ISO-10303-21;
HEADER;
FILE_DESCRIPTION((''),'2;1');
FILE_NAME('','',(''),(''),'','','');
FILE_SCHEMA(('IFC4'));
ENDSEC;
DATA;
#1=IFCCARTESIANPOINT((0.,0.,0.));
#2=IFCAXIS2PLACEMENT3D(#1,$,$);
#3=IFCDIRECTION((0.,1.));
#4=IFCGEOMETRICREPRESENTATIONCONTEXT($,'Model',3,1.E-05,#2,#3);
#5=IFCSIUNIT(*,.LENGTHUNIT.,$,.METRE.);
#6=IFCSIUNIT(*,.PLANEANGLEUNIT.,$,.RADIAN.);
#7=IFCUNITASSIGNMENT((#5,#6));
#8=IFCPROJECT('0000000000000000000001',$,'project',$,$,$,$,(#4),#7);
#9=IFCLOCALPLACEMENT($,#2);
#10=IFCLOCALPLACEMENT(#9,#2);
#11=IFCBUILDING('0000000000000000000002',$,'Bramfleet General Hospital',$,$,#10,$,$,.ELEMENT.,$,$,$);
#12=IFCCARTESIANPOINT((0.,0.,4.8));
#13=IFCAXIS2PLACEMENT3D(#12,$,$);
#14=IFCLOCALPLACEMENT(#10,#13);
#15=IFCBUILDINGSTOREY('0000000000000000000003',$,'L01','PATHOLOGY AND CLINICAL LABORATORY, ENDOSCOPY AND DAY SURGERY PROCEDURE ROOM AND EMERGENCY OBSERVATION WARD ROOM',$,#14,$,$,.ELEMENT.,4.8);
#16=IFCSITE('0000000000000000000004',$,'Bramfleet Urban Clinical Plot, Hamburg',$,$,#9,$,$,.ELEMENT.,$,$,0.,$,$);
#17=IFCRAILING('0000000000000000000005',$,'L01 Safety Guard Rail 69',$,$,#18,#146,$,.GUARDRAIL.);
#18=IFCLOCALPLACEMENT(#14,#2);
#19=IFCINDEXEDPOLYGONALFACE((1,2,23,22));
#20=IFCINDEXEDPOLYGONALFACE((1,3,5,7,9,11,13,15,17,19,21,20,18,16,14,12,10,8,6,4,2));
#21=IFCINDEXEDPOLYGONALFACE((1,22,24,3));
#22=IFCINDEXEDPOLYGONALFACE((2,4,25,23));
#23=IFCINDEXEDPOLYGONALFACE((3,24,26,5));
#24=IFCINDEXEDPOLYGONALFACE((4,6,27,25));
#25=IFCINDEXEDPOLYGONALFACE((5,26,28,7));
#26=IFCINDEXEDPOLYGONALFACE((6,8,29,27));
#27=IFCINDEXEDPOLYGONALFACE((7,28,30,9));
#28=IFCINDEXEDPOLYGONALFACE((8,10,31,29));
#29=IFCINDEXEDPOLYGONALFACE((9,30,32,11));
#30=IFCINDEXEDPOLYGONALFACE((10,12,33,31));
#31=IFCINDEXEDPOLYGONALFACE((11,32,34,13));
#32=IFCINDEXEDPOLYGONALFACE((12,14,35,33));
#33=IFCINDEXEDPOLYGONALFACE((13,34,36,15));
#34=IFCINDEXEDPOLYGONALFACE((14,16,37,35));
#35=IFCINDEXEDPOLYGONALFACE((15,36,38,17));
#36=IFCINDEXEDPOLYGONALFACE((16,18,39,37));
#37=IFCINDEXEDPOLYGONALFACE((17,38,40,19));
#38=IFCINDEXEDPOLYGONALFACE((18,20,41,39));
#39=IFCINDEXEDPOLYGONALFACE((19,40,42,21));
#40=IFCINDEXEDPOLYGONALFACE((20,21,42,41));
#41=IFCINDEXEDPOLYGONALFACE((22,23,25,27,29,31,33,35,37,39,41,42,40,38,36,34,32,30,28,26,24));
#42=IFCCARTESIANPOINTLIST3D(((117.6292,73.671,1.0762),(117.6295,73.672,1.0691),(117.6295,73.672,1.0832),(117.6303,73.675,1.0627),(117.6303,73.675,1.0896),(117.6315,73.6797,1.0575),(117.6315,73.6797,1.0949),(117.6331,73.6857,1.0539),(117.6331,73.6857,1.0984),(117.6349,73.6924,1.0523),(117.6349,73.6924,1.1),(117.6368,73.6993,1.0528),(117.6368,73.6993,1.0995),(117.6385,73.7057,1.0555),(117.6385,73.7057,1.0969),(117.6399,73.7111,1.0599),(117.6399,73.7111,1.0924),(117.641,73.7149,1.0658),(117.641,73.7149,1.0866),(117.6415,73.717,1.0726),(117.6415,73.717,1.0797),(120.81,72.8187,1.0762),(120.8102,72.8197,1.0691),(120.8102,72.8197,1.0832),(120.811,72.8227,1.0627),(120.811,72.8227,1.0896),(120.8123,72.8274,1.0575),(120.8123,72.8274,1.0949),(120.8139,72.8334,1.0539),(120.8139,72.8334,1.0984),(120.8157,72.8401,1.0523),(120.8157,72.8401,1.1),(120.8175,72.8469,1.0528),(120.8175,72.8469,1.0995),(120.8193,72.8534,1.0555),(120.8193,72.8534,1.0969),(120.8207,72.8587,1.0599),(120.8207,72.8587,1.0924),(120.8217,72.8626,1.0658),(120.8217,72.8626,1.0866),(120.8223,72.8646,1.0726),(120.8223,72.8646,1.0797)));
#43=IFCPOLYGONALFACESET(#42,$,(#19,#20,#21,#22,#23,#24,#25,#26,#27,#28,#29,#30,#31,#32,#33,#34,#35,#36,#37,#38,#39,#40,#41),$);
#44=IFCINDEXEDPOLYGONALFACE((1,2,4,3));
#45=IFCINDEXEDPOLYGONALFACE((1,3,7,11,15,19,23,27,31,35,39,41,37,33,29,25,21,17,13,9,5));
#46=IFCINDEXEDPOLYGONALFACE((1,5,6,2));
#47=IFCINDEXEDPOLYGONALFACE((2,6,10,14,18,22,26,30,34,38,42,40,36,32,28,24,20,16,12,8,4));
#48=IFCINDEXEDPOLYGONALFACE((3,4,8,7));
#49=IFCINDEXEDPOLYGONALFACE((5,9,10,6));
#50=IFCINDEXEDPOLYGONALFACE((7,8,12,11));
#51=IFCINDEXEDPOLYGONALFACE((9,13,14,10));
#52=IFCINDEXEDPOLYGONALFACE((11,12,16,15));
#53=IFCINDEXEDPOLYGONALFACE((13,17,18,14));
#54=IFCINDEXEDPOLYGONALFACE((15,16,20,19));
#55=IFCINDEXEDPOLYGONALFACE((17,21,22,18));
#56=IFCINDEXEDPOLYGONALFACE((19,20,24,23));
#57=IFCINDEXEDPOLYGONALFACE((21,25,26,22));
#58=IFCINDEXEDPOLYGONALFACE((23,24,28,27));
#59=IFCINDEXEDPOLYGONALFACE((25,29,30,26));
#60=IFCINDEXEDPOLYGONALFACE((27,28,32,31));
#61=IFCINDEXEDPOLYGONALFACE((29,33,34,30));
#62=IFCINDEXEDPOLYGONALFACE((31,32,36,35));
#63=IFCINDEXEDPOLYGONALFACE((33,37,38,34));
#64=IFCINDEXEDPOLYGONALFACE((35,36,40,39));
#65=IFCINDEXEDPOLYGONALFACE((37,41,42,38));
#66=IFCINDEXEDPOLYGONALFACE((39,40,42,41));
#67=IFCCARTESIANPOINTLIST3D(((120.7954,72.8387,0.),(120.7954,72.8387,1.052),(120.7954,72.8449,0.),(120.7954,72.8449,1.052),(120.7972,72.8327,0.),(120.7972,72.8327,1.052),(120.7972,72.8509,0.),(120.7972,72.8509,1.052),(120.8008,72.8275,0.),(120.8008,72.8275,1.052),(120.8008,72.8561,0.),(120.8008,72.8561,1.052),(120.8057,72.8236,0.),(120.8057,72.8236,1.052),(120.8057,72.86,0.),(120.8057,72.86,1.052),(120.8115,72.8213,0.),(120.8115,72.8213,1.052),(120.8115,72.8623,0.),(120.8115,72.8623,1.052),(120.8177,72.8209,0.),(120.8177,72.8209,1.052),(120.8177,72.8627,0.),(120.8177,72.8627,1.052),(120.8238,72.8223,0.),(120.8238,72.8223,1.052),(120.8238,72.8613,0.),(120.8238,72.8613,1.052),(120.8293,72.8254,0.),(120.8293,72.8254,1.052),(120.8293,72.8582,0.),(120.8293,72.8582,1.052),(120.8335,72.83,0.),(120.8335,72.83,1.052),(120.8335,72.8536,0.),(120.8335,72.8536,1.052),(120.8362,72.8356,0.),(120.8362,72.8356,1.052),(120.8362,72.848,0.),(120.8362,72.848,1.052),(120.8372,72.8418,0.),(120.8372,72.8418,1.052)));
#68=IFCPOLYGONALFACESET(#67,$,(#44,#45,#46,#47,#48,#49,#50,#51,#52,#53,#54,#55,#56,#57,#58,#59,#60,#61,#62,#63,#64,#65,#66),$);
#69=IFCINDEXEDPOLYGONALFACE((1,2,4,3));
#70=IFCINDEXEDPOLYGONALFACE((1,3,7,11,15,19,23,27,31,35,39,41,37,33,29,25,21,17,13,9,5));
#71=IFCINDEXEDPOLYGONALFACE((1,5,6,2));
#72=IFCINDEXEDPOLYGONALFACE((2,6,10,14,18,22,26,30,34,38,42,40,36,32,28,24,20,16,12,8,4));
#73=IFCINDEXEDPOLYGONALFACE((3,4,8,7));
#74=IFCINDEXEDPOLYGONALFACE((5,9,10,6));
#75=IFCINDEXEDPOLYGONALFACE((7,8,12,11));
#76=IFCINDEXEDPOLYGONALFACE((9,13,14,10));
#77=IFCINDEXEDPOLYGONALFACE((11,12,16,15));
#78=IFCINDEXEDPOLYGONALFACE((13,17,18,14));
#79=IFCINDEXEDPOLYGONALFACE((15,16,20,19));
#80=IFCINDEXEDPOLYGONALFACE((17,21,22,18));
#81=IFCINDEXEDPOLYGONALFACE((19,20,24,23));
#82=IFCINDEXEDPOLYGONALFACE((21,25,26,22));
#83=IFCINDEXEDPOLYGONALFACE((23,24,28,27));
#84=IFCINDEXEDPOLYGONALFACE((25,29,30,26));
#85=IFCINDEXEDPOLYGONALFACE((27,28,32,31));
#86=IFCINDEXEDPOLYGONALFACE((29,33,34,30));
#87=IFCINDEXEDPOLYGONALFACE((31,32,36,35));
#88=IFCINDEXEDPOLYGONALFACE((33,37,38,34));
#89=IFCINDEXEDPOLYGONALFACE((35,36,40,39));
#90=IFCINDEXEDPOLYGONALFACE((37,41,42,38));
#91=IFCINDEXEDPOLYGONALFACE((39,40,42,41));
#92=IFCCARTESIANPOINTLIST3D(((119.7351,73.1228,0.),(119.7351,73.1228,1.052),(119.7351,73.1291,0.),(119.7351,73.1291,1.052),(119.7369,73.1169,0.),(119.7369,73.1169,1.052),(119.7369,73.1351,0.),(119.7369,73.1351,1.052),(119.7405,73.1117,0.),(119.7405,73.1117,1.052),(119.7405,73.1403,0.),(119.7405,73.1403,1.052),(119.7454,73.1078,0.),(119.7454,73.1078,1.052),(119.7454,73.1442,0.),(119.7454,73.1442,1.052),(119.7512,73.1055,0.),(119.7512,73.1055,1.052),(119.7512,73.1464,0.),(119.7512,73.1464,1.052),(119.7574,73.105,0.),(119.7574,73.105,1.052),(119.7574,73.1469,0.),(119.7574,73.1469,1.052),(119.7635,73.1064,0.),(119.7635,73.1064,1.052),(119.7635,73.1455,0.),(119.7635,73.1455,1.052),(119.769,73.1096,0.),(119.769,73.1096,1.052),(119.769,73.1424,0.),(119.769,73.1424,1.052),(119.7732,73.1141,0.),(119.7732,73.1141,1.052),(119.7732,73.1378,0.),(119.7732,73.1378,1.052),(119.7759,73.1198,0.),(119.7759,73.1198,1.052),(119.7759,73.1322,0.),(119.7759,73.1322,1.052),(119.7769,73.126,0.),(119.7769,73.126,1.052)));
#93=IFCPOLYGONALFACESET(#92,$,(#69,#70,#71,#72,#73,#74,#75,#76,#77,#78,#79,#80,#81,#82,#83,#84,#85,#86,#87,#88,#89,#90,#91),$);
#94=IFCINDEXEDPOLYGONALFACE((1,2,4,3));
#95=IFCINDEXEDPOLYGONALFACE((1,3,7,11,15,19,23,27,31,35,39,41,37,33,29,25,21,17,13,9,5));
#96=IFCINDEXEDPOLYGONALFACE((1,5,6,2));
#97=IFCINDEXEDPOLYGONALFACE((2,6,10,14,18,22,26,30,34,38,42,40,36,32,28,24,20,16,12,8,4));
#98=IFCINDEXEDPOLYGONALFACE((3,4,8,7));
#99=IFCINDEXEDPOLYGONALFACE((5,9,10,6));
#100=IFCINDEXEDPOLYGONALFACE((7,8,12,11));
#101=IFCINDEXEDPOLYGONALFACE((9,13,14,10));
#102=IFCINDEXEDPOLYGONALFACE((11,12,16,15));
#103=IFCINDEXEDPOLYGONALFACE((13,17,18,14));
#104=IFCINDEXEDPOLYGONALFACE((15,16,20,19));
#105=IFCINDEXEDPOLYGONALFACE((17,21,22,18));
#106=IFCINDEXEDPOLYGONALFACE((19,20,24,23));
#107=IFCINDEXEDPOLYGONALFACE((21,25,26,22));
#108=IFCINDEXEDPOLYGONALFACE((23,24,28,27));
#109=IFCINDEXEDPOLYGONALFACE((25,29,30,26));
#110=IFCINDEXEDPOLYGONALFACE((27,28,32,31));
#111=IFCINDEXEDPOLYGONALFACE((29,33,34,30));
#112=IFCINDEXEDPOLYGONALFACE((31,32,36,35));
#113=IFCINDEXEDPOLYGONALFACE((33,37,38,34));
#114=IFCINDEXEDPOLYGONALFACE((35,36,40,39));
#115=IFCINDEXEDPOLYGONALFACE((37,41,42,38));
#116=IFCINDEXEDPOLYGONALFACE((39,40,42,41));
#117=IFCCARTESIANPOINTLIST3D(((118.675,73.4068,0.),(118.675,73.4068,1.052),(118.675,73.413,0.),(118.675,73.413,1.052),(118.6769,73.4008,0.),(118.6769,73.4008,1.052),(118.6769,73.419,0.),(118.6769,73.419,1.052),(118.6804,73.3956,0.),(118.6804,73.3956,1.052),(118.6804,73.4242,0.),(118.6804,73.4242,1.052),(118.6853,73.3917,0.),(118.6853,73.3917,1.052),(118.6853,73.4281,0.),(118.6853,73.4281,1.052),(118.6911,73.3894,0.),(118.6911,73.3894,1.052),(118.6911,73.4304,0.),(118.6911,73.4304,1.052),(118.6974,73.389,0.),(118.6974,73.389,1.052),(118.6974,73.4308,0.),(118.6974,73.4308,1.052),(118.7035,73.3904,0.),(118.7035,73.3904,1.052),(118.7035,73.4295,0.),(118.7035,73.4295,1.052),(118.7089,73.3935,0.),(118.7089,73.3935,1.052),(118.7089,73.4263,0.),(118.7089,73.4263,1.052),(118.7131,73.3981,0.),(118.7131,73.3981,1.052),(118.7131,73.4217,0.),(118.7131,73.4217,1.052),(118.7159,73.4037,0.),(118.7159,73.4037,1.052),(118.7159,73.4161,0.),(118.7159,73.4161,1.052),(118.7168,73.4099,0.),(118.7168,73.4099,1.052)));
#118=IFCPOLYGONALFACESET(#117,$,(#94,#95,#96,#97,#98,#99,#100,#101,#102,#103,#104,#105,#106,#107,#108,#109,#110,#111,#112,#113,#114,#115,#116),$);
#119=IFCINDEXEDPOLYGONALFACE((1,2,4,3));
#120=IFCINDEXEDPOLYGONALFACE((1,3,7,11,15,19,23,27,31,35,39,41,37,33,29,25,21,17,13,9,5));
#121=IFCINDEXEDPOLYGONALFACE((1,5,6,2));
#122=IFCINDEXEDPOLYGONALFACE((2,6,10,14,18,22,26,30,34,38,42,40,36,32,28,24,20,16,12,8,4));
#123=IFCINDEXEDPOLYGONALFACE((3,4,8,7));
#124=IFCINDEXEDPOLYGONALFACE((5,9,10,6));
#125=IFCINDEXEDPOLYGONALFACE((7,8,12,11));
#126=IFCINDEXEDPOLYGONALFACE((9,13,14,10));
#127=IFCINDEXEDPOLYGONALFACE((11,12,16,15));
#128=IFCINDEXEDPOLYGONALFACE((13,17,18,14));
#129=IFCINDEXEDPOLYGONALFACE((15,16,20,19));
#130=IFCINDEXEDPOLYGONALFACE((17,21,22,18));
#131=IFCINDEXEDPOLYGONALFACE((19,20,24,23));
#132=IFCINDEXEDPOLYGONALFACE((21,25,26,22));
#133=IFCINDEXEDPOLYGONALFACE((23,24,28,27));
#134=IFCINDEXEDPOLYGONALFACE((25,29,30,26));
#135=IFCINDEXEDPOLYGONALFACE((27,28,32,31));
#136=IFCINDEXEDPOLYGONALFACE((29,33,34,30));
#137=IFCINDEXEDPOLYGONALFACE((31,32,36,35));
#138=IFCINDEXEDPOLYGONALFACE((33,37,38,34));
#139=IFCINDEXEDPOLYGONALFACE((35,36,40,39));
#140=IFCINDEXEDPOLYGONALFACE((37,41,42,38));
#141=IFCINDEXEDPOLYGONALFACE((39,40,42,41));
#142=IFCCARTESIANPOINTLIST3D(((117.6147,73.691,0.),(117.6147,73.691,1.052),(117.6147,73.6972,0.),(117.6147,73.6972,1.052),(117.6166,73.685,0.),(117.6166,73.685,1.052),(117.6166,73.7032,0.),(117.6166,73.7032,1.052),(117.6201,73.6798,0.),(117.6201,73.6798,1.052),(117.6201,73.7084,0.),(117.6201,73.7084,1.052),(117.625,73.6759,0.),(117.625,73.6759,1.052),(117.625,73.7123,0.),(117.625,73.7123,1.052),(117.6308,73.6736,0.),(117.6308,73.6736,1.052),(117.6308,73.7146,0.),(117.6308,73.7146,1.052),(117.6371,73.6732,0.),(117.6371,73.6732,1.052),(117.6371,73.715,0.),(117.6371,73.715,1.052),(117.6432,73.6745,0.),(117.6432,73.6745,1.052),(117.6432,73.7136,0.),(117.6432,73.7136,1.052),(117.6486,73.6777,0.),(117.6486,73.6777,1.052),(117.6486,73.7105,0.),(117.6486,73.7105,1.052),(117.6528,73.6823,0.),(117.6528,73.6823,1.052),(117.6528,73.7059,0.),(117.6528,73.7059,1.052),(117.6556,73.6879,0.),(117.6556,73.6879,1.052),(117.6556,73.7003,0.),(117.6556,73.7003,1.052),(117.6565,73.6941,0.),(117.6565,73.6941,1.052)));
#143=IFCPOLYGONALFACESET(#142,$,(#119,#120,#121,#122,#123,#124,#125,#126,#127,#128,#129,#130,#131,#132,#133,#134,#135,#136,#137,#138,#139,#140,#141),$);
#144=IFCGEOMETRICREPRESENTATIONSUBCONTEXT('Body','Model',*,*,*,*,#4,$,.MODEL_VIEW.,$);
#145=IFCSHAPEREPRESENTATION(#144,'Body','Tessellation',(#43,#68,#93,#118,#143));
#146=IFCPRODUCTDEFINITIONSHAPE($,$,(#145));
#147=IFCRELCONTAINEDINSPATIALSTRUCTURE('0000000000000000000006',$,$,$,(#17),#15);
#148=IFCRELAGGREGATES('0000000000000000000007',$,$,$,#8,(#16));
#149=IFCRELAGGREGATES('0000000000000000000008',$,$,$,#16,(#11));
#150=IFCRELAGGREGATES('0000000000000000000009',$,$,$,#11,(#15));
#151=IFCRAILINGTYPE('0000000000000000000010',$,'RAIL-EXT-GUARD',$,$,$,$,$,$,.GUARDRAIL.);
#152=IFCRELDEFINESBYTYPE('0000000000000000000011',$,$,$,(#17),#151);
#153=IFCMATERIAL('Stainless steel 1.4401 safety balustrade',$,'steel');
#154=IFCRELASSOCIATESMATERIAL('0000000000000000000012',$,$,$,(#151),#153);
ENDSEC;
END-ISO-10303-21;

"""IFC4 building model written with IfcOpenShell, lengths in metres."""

from ifc_helpers import new_model, si_unit, direction, frame, origin, origin_2d, place, context, subcontext, project, spatial, circle, extrude, material, type_object, element, save


model = new_model("IFC4")

# Units and contexts
model_context = context("Model", 3, precision=1e-05, world=origin(), true_north=direction((0.0, 1.0)))
body_context = subcontext(model_context, "Body", "Model", "MODEL_VIEW")
ifc_project = project(units=[si_unit("LENGTHUNIT", "METRE"), si_unit("PLANEANGLEUNIT", "RADIAN")], contexts=[model_context])

# Site, building, storey
site_placement = place(None, origin())
site = spatial("IfcSite", under=ifc_project, at=site_placement, Name="Bramfleet Urban Clinical Plot, Hamburg", CompositionType="ELEMENT", RefElevation=0.0)
building_placement = place(site_placement, origin())
building = spatial("IfcBuilding", under=site, at=building_placement, Name="Bramfleet General Hospital", CompositionType="ELEMENT")
storey_placement = place(building_placement, frame((0.0, 0.0, 4.8)))
storey = spatial("IfcBuildingStorey", under=building, at=storey_placement, Name="L01", Description="PATHOLOGY AND CLINICAL LABORATORY, ENDOSCOPY AND DAY SURGERY PROCEDURE ROOM AND EMERGENCY OBSERVATION WARD ROOM", CompositionType="ELEMENT", Elevation=4.8)

# Railing
ifc_material_1 = material(Name="Stainless steel 1.4401 safety balustrade", Category="steel")
railing_type = type_object("IfcRailingType", Name="RAIL-EXT-GUARD", PredefinedType="GUARDRAIL", material=ifc_material_1)
railing_1_placement = place(storey_placement, frame((120.8162, 72.8418, 0.0)))
element("IfcRailing", 1, at=railing_1_placement, inside=storey, type_object=railing_type, Name="L01 Safety Guard Rail 69", PredefinedType="GUARDRAIL", context=body_context, shape_type="SweptSolid", body=[
    extrude(circle(Radius=0.0239, at=origin_2d()), frame((0.0, 0.0, 1.0762), z_axis=(-0.965923, 0.25883, 0.0), x_axis=(-0.25883, -0.965923, 0.0)), (0.0, 0.0, 1.0), 3.293),
    extrude(circle(Radius=0.021, at=origin_2d()), origin(), (0.0, 0.0, 1.0), 1.052),
    extrude(circle(Radius=0.021, at=origin_2d()), frame((-1.0603, 0.2842, 0.0)), (0.0, 0.0, 1.0), 1.052),
    extrude(circle(Radius=0.021, at=origin_2d()), frame((-2.1204, 0.5681, 0.0)), (0.0, 0.0, 1.0), 1.052),
    extrude(circle(Radius=0.021, at=origin_2d()), frame((-3.1807, 0.8523, 0.0)), (0.0, 0.0, 1.0), 1.052),
])

save(model, "model.ifc")
